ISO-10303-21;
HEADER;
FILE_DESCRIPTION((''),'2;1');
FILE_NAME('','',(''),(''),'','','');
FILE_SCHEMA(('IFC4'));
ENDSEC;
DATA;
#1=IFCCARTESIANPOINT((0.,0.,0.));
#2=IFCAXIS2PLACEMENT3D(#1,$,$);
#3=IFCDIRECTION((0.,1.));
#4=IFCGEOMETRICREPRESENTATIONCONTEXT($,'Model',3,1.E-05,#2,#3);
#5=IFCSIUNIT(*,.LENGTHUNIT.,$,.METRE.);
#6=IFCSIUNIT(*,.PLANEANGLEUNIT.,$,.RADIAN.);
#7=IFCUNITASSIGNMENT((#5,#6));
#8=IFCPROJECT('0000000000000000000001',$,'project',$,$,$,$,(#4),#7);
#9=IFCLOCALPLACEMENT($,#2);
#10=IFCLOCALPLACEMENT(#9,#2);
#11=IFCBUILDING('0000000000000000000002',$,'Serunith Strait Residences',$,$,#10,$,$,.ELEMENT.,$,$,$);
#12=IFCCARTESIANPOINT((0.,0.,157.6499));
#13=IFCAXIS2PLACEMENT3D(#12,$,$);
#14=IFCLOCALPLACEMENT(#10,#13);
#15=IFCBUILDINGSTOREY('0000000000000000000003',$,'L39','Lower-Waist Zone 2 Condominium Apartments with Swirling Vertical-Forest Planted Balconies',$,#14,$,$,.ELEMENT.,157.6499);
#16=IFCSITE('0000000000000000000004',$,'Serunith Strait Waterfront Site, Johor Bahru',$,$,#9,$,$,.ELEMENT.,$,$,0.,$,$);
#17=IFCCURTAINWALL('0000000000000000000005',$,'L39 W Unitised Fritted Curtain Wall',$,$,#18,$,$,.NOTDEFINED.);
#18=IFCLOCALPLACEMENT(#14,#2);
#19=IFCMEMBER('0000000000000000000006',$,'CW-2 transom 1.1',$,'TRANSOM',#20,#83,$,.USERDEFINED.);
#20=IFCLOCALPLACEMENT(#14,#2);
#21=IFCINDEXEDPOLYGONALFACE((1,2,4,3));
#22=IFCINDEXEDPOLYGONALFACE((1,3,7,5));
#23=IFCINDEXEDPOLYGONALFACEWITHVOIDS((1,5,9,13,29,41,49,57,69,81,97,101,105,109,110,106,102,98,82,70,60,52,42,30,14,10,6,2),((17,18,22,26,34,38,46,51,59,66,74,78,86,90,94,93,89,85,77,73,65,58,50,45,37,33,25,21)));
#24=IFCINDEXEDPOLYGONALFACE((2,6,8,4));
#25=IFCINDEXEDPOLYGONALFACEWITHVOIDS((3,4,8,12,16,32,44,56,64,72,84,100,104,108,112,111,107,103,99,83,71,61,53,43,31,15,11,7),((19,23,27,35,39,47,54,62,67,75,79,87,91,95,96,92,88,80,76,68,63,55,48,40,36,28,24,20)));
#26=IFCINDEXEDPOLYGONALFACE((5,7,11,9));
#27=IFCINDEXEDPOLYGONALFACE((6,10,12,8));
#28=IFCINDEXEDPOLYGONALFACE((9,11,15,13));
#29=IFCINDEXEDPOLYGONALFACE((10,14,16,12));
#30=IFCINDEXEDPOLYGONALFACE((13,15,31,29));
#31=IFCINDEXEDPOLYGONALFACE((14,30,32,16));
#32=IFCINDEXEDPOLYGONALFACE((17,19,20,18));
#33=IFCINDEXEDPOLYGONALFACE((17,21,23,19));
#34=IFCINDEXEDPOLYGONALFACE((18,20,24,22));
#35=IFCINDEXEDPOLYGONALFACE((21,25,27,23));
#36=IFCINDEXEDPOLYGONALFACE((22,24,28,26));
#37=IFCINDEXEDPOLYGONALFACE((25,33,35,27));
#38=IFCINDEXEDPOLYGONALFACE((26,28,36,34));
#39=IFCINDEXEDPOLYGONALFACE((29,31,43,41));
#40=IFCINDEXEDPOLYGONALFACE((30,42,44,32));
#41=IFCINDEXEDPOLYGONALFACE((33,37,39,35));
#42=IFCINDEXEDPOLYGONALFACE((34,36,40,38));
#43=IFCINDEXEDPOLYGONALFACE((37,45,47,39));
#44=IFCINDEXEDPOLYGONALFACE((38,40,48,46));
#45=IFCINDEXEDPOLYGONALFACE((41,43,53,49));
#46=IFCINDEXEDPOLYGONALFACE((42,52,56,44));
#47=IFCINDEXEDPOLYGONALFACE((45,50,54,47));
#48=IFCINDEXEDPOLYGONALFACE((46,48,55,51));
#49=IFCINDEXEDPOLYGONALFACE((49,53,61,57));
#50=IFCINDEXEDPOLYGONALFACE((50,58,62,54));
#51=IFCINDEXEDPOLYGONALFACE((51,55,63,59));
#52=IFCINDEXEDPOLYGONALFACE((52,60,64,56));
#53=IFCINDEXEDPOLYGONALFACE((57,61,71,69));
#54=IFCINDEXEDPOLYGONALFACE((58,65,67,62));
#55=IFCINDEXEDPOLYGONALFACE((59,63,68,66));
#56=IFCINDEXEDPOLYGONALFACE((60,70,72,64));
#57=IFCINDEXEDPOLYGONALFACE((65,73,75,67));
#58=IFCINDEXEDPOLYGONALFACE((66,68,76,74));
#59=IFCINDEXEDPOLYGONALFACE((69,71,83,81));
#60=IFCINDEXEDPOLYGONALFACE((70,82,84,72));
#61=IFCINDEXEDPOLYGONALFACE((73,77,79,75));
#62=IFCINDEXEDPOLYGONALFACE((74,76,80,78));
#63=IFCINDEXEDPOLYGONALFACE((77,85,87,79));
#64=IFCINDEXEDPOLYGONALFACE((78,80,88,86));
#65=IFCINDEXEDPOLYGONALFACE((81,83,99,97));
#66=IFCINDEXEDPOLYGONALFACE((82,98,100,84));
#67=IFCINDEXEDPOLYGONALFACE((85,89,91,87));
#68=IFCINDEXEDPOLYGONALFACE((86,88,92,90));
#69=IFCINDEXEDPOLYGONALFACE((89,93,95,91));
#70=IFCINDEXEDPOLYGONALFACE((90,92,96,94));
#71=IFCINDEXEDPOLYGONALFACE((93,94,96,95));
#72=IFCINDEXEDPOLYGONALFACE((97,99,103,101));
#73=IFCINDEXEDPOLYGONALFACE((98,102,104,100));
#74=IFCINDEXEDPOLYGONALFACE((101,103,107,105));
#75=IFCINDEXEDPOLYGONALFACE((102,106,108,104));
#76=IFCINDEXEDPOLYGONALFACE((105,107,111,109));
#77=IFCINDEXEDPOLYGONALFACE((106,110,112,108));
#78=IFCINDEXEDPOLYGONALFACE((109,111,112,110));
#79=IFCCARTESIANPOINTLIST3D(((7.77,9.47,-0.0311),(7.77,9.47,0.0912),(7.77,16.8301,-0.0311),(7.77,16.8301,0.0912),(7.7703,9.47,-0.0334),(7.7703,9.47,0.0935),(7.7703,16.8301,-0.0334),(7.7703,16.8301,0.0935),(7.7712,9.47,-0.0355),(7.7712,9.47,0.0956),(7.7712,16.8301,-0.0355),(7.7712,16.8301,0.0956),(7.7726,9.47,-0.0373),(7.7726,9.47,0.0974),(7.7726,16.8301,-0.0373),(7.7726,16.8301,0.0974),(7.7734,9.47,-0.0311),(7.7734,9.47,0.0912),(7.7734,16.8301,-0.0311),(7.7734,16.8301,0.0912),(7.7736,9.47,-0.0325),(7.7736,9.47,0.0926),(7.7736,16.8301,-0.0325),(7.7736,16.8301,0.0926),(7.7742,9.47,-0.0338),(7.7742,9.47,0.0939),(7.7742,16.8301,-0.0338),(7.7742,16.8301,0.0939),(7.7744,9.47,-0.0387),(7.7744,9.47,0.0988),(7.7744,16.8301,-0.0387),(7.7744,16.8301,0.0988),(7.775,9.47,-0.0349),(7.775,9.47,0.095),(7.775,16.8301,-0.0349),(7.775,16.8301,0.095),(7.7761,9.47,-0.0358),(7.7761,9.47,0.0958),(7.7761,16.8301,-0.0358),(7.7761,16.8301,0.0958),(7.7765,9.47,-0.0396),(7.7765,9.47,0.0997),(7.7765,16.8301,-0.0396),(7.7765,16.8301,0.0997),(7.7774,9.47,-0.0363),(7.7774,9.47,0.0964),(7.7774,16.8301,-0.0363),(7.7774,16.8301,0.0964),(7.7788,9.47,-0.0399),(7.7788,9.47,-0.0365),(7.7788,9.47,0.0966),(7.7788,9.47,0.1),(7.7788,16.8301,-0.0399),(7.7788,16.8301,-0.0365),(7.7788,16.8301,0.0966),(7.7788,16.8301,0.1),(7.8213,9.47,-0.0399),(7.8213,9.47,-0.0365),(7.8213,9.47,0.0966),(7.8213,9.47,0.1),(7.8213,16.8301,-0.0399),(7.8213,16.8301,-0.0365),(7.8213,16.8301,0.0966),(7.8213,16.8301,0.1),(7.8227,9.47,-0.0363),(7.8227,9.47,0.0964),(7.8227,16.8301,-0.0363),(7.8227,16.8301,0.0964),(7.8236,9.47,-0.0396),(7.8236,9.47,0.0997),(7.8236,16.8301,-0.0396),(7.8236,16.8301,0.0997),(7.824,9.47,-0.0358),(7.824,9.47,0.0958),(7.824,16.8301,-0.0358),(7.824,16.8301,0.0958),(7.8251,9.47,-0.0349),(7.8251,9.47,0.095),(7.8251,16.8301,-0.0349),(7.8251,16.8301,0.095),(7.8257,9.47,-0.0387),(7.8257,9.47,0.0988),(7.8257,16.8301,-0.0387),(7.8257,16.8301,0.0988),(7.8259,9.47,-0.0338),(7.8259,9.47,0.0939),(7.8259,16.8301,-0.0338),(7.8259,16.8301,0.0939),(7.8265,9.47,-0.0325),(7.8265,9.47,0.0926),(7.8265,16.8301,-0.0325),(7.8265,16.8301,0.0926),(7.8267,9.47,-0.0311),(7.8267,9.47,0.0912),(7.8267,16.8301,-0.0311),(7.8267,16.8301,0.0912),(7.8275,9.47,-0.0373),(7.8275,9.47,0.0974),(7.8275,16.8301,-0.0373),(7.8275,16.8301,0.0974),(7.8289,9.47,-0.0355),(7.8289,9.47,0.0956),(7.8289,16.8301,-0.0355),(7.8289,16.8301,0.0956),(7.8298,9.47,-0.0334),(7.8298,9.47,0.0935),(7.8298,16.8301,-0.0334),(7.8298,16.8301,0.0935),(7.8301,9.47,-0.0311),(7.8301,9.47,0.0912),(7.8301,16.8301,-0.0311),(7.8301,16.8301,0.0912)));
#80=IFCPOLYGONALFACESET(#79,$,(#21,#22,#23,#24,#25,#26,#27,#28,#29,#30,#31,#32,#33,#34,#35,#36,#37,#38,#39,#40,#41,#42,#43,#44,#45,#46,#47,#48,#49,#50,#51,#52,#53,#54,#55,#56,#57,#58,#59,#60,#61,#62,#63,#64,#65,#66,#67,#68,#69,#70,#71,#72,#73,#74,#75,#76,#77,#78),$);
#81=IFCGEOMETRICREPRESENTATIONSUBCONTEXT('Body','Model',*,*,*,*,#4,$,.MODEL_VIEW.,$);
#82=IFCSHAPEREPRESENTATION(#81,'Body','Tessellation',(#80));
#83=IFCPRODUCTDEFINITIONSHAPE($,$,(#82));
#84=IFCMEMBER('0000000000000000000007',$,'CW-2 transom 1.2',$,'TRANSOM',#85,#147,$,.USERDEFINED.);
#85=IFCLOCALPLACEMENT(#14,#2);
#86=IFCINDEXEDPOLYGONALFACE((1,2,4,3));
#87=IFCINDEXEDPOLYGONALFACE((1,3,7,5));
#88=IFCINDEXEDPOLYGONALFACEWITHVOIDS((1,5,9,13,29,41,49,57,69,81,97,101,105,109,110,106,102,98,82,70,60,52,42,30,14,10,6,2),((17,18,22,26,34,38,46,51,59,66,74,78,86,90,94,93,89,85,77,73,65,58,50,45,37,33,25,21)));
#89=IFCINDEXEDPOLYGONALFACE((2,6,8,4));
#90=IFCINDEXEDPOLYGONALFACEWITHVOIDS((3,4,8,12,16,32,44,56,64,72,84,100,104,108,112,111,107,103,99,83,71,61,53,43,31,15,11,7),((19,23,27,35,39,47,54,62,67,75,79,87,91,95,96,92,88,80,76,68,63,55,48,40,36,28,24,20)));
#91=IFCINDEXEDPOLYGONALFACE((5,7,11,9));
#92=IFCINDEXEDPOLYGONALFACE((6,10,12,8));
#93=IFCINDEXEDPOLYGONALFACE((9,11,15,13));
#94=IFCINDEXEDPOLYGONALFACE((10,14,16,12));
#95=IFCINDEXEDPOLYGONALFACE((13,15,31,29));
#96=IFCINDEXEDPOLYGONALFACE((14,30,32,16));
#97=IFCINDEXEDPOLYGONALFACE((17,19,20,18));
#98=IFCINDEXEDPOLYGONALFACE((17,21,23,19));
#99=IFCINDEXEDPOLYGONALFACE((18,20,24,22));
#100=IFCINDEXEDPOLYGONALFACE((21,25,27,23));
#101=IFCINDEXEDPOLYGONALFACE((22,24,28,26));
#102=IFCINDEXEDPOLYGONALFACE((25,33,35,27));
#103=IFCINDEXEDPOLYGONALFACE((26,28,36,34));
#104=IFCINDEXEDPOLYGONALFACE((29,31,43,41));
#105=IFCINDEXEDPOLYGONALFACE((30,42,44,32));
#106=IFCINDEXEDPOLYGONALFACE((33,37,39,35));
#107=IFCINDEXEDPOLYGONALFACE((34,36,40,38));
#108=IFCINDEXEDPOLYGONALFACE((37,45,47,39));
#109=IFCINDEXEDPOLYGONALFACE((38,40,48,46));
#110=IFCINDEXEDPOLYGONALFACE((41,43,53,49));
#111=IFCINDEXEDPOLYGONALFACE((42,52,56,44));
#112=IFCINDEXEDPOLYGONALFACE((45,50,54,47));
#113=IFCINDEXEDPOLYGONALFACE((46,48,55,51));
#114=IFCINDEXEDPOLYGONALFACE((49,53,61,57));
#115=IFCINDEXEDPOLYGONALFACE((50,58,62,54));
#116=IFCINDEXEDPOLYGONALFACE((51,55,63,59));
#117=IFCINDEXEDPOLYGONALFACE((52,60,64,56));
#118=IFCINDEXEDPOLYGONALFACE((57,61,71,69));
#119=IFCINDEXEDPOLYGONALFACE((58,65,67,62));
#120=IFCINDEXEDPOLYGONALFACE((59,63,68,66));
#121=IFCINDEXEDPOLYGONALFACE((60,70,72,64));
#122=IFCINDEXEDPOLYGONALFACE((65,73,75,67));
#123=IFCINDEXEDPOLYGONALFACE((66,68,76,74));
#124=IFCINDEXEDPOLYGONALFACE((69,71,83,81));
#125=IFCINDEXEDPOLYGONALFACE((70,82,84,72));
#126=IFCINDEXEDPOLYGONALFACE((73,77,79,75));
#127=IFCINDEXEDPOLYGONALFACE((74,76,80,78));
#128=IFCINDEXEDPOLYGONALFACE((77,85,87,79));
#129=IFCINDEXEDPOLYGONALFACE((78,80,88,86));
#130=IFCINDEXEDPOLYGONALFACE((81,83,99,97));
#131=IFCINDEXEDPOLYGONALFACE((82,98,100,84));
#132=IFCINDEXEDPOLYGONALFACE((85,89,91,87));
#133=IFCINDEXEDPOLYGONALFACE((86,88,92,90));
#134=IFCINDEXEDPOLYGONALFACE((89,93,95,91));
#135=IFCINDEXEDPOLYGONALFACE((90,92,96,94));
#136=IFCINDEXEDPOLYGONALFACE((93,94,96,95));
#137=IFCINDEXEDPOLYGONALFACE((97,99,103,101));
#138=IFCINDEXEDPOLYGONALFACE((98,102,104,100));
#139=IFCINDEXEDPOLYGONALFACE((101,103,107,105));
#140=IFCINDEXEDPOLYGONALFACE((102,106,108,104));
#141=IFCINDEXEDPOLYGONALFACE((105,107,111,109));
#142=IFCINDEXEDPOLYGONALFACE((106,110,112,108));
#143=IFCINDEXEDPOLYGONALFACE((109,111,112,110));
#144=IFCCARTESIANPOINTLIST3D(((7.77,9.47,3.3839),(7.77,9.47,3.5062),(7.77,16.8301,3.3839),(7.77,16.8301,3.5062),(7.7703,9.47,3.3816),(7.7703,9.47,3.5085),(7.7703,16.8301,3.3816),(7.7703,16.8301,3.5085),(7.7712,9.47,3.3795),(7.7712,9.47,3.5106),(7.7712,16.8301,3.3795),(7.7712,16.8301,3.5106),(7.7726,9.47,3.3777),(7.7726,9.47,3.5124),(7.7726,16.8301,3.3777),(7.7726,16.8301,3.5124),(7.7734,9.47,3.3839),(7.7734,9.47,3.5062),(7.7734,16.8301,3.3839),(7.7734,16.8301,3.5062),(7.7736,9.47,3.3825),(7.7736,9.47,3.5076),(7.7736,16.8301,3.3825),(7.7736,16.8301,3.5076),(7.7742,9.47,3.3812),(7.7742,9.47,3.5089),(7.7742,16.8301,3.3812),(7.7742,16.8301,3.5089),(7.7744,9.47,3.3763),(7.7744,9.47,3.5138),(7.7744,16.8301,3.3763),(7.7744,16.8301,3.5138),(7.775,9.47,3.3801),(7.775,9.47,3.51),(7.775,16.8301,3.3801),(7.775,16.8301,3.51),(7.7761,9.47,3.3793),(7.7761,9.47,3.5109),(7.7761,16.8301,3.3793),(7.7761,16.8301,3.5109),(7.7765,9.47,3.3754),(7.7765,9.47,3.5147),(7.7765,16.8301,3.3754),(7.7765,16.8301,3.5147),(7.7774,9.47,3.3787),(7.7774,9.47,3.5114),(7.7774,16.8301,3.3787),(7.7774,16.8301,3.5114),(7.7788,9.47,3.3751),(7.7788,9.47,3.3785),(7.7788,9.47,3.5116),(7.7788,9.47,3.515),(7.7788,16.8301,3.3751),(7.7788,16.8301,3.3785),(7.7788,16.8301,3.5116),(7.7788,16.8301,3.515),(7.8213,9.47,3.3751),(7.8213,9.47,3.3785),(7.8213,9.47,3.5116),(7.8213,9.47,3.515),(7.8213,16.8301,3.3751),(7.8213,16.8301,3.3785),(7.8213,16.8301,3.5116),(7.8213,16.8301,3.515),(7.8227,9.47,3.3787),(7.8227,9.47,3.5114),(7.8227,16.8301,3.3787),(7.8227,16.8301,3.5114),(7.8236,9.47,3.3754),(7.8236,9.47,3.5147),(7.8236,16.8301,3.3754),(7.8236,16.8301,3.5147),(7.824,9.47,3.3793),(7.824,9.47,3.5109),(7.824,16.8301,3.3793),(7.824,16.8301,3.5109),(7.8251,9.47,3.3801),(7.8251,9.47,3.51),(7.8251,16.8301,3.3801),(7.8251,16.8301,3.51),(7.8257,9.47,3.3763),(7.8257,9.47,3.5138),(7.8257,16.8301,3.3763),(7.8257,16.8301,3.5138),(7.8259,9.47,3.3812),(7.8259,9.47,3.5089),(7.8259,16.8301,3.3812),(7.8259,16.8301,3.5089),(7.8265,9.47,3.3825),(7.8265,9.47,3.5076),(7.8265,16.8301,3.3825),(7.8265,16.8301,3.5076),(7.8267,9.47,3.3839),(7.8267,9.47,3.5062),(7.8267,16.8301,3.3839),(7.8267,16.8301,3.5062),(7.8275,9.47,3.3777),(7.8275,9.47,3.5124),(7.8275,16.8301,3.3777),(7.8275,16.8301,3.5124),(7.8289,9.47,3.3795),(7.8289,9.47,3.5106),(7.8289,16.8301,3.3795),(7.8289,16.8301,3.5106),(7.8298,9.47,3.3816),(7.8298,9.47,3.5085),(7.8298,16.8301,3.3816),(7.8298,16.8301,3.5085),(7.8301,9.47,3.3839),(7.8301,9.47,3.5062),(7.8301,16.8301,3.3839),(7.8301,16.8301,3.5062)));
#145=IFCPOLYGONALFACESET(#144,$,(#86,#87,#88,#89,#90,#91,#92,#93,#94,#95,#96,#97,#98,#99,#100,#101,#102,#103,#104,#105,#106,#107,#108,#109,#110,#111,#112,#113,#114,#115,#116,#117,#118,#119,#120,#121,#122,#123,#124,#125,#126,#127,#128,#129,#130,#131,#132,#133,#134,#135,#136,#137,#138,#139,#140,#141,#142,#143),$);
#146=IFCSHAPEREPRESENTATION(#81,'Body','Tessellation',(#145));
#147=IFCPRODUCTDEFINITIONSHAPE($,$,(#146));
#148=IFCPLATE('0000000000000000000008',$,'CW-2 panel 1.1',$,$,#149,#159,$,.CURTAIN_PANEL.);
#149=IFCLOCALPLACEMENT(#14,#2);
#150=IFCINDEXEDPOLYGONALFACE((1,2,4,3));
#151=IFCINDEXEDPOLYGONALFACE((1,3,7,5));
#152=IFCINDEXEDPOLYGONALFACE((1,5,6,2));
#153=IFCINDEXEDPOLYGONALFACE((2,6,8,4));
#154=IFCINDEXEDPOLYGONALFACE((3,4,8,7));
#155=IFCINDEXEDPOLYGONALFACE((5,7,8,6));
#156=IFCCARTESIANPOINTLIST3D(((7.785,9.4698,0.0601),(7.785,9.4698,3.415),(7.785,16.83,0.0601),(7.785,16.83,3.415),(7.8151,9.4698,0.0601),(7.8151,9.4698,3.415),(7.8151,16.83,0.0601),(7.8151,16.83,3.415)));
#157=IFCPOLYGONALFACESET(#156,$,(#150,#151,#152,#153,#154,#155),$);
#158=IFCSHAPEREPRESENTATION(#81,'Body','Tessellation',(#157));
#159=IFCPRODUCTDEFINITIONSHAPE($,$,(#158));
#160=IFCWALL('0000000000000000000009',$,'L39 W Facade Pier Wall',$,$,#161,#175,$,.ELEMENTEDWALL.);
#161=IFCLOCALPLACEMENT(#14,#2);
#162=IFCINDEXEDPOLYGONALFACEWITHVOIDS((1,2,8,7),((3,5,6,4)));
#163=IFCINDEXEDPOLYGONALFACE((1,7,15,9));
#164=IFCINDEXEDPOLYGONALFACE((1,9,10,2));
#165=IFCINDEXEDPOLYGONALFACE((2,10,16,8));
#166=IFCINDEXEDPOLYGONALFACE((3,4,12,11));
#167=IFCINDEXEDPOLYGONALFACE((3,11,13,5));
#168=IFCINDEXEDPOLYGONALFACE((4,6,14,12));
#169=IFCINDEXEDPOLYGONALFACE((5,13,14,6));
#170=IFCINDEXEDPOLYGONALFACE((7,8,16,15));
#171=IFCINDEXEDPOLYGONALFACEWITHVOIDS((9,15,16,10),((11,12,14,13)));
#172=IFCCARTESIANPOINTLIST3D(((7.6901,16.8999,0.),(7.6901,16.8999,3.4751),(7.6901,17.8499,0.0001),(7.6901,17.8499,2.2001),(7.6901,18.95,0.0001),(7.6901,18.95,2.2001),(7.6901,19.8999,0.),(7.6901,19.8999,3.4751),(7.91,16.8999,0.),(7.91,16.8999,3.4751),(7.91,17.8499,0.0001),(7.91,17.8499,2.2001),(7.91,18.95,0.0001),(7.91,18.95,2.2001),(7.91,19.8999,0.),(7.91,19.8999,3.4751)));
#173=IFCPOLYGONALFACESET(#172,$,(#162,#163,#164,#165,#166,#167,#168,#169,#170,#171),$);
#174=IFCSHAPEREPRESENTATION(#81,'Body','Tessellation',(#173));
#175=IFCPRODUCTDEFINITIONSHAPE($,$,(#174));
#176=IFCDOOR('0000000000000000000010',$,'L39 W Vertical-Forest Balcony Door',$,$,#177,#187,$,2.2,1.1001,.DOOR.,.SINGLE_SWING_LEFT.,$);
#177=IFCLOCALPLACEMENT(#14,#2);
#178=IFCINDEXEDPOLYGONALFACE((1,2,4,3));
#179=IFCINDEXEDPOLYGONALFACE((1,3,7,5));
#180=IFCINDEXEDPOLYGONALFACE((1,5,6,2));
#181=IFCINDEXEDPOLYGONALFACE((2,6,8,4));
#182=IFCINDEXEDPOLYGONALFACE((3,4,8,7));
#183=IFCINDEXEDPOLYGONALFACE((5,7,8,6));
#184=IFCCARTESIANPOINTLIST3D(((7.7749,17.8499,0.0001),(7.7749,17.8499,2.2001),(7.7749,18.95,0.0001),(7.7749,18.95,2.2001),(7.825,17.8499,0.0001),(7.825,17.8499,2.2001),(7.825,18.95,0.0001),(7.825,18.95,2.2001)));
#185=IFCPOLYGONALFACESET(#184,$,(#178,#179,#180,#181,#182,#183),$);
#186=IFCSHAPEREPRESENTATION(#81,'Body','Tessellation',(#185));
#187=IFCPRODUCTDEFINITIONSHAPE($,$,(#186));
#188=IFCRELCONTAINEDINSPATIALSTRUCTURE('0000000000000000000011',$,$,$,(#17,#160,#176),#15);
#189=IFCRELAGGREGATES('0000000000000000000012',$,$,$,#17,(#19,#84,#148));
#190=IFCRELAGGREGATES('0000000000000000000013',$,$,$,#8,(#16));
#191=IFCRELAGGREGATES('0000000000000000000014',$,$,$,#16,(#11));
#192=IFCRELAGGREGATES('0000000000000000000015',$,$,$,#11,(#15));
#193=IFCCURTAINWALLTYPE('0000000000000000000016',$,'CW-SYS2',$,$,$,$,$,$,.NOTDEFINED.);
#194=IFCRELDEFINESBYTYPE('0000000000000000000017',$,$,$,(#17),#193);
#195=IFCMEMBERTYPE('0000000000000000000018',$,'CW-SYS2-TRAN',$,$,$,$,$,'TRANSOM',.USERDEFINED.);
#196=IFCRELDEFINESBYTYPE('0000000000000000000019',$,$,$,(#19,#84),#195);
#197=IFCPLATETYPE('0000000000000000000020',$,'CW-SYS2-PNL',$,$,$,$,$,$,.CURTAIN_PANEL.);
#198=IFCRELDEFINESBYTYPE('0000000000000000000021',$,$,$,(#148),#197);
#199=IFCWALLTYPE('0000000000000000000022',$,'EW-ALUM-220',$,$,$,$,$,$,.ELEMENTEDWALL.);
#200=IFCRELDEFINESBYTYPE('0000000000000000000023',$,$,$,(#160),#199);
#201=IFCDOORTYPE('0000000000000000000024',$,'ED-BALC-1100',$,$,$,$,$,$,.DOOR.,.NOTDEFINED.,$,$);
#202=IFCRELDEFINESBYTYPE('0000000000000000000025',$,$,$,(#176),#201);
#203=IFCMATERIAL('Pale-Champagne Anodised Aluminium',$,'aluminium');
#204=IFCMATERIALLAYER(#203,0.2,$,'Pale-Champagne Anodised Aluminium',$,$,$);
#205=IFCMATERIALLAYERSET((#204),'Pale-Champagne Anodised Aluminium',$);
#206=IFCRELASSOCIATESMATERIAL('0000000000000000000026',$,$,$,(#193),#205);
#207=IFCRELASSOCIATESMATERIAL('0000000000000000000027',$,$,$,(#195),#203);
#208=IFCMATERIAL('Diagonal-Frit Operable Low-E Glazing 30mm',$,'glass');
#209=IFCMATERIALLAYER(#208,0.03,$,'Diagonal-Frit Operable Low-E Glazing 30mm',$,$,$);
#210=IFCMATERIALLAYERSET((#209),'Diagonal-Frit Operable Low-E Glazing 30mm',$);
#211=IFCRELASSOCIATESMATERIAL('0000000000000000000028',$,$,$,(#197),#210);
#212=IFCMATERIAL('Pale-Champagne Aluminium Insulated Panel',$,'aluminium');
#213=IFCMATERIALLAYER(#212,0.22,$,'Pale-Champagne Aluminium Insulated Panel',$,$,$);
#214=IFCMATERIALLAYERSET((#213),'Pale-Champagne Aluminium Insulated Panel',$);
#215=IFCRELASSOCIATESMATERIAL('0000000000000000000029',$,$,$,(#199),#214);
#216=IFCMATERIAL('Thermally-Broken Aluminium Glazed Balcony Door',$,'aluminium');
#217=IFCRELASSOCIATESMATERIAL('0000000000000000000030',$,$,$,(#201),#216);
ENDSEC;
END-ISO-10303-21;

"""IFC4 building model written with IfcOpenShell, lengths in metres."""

from ifc_helpers import new_model, si_unit, direction, frame, frame_2d, origin, origin_2d, place, context, subcontext, project, spatial, rectangle, hollow_rectangle, extrude, source, transform, mapped, material, layer, layer_set, material_profile, profile_set, type_object, element, fill, aggregate, save


model = new_model("IFC4")

# Units and contexts
model_context = context("Model", 3, precision=1e-05, world=origin(), true_north=direction((0.0, 1.0)))
body_context = subcontext(model_context, "Body", "Model", "MODEL_VIEW")
ifc_project = project(units=[si_unit("LENGTHUNIT", "METRE"), si_unit("PLANEANGLEUNIT", "RADIAN")], contexts=[model_context])

# Site, building, storey
site_placement = place(None, origin())
site = spatial("IfcSite", under=ifc_project, at=site_placement, Name="Serunith Strait Waterfront Site, Johor Bahru", CompositionType="ELEMENT", RefElevation=0.0)
building_placement = place(site_placement, origin())
building = spatial("IfcBuilding", under=site, at=building_placement, Name="Serunith Strait Residences", CompositionType="ELEMENT")
storey_placement = place(building_placement, frame((0.0, 0.0, 157.6499)))
storey = spatial("IfcBuildingStorey", under=building, at=storey_placement, Name="L39", Description="Lower-Waist Zone 2 Condominium Apartments with Swirling Vertical-Forest Planted Balconies", CompositionType="ELEMENT", Elevation=157.6499)

# Shared definitions
ifc_material_1 = material(Name="Pale-Champagne Anodised Aluminium", Category="aluminium")
ifc_layer_1 = layer(ifc_material_1, 0.2, Name="Pale-Champagne Anodised Aluminium")
ifc_layer_set_1 = layer_set([ifc_layer_1], Name="Pale-Champagne Anodised Aluminium")
curtain_wall_type = type_object("IfcCurtainWallType", Name="CW-SYS2", PredefinedType="NOTDEFINED", material=ifc_layer_set_1)

# Curtain wall, members, plate
curtain_wall_1_placement = place(storey_placement, origin())
curtain_wall_1 = element("IfcCurtainWall", 1, at=curtain_wall_1_placement, inside=storey, type_object=curtain_wall_type, Name="L39 W Unitised Fritted Curtain Wall", PredefinedType="NOTDEFINED")
ifc_material_profile_1 = material_profile(ifc_material_1, hollow_rectangle(XDim=0.0601, YDim=0.1399, WallThickness=0.0034, InnerFilletRadius=0.0054, OuterFilletRadius=0.0088, at=origin_2d()), Name="ALU 140x60x3.5")
ifc_profile_set_1 = profile_set([ifc_material_profile_1], Name="Pale-Champagne Anodised Aluminium")
member_type_1 = type_object("IfcMemberType", Name="CW-SYS2-TRAN", ElementType="TRANSOM", PredefinedType="USERDEFINED", material=ifc_profile_set_1)
shared_shape_1 = source(origin(), body_context, "Body", "SweptSolid", [
    extrude(hollow_rectangle(XDim=0.0601, YDim=0.1399, WallThickness=0.0034, InnerFilletRadius=0.0054, OuterFilletRadius=0.0088, at=origin_2d()), origin(), (0.0, 0.0, 1.0), 7.3601),
])
member_1_placement = place(storey_placement, frame((7.8, 16.8301, 0.03), z_axis=(0.0, -1.0, 0.0), x_axis=(1.0, 0.0, 0.0)))
member_1 = element("IfcMember", 2, at=member_1_placement, type_object=member_type_1, Name="CW-2 transom 1.1", ObjectType="TRANSOM", PredefinedType="USERDEFINED", context=body_context, shape_type="MappedRepresentation", body=[
    mapped(shared_shape_1, transform((0.0, 0.0, 0.0), scale=1.0)),
])
member_2_placement = place(storey_placement, frame((7.8, 16.8301, 3.4451), z_axis=(0.0, -1.0, 0.0), x_axis=(1.0, 0.0, 0.0)))
member_2 = element("IfcMember", 3, at=member_2_placement, type_object=member_type_1, Name="CW-2 transom 1.2", ObjectType="TRANSOM", PredefinedType="USERDEFINED", context=body_context, shape_type="MappedRepresentation", body=[
    mapped(shared_shape_1, transform((0.0, 0.0, 0.0), scale=1.0)),
])
ifc_material_2 = material(Name="Diagonal-Frit Operable Low-E Glazing 30mm", Category="glass")
ifc_layer_2 = layer(ifc_material_2, 0.03, Name="Diagonal-Frit Operable Low-E Glazing 30mm")
ifc_layer_set_2 = layer_set([ifc_layer_2], Name="Diagonal-Frit Operable Low-E Glazing 30mm")
plate_type = type_object("IfcPlateType", Name="CW-SYS2-PNL", PredefinedType="CURTAIN_PANEL", material=ifc_layer_set_2)
shared_shape_2 = source(origin(), body_context, "Body", "SweptSolid", [
    extrude(rectangle(XDim=7.3601, YDim=0.03, at=origin_2d()), origin(), (0.0, 0.0, 1.0), 3.355),
])
plate_placement = place(storey_placement, frame((7.8, 13.1499, 0.0601), z_axis=(0.0, 0.0, 1.0), x_axis=(0.0, -1.0, 0.0)))
plate = element("IfcPlate", 4, at=plate_placement, type_object=plate_type, Name="CW-2 panel 1.1", PredefinedType="CURTAIN_PANEL", context=body_context, shape_type="MappedRepresentation", body=[
    mapped(shared_shape_2, transform((0.0, 0.0, 0.0), scale=1.0)),
])
aggregate(curtain_wall_1, [member_1, member_2, plate])

# Wall, opening, door
ifc_material_3 = material(Name="Pale-Champagne Aluminium Insulated Panel", Category="aluminium")
ifc_layer_3 = layer(ifc_material_3, 0.22, Name="Pale-Champagne Aluminium Insulated Panel")
ifc_layer_set_3 = layer_set([ifc_layer_3], Name="Pale-Champagne Aluminium Insulated Panel")
wall_type_1 = type_object("IfcWallType", Name="EW-ALUM-220", PredefinedType="ELEMENTEDWALL", material=ifc_layer_set_3)
wall_1_placement = place(storey_placement, frame((7.8, 19.8999, 0.0), z_axis=(0.0, 0.0, 1.0), x_axis=(0.0, -1.0, 0.0)))
wall_1 = element("IfcWall", 5, at=wall_1_placement, inside=storey, type_object=wall_type_1, Name="L39 W Facade Pier Wall", PredefinedType="ELEMENTEDWALL", context=body_context, shape_type="SweptSolid", body=[
    extrude(rectangle(XDim=3.0, YDim=0.22, at=frame_2d((1.5, 0.0))), origin(), (0.0, 0.0, 1.0), 3.4751),
])
opening_placement = place(wall_1_placement, frame((0.95, 0.0, 0.0)))
opening = element("IfcOpeningElement", 6, at=opening_placement, cuts=wall_1, PredefinedType="OPENING", context=body_context, shape_type="SweptSolid", body=[
    extrude(rectangle(XDim=1.1001, YDim=2.2, at=frame_2d((0.55, 1.1001))), frame((0.0, 0.1201, 0.0), z_axis=(0.0, -1.0, 0.0), x_axis=(1.0, 0.0, 0.0)), (0.0, 0.0, 1.0), 0.24),
])
ifc_material_4 = material(Name="Thermally-Broken Aluminium Glazed Balcony Door", Category="aluminium")
door_type = type_object("IfcDoorType", Name="ED-BALC-1100", OperationType="NOTDEFINED", PredefinedType="DOOR", material=ifc_material_4)
shared_shape_3 = source(origin(), body_context, "Body", "SweptSolid", [
    extrude(rectangle(XDim=1.1001, YDim=2.2, at=frame_2d((0.55, 1.1001))), frame((0.0, 0.0249, 0.0), z_axis=(0.0, -1.0, 0.0), x_axis=(1.0, 0.0, 0.0)), (0.0, 0.0, 1.0), 0.05),
])
door_placement = place(opening_placement, origin())
door = element("IfcDoor", 7, at=door_placement, inside=storey, type_object=door_type, Name="L39 W Vertical-Forest Balcony Door", OperationType="SINGLE_SWING_LEFT", OverallHeight=2.2, OverallWidth=1.1001, PredefinedType="DOOR", context=body_context, shape_type="MappedRepresentation", body=[
    mapped(shared_shape_3, transform((0.0, 0.0, 0.0), scale=1.0)),
])
fill(opening, door)

save(model, "model.ifc")
